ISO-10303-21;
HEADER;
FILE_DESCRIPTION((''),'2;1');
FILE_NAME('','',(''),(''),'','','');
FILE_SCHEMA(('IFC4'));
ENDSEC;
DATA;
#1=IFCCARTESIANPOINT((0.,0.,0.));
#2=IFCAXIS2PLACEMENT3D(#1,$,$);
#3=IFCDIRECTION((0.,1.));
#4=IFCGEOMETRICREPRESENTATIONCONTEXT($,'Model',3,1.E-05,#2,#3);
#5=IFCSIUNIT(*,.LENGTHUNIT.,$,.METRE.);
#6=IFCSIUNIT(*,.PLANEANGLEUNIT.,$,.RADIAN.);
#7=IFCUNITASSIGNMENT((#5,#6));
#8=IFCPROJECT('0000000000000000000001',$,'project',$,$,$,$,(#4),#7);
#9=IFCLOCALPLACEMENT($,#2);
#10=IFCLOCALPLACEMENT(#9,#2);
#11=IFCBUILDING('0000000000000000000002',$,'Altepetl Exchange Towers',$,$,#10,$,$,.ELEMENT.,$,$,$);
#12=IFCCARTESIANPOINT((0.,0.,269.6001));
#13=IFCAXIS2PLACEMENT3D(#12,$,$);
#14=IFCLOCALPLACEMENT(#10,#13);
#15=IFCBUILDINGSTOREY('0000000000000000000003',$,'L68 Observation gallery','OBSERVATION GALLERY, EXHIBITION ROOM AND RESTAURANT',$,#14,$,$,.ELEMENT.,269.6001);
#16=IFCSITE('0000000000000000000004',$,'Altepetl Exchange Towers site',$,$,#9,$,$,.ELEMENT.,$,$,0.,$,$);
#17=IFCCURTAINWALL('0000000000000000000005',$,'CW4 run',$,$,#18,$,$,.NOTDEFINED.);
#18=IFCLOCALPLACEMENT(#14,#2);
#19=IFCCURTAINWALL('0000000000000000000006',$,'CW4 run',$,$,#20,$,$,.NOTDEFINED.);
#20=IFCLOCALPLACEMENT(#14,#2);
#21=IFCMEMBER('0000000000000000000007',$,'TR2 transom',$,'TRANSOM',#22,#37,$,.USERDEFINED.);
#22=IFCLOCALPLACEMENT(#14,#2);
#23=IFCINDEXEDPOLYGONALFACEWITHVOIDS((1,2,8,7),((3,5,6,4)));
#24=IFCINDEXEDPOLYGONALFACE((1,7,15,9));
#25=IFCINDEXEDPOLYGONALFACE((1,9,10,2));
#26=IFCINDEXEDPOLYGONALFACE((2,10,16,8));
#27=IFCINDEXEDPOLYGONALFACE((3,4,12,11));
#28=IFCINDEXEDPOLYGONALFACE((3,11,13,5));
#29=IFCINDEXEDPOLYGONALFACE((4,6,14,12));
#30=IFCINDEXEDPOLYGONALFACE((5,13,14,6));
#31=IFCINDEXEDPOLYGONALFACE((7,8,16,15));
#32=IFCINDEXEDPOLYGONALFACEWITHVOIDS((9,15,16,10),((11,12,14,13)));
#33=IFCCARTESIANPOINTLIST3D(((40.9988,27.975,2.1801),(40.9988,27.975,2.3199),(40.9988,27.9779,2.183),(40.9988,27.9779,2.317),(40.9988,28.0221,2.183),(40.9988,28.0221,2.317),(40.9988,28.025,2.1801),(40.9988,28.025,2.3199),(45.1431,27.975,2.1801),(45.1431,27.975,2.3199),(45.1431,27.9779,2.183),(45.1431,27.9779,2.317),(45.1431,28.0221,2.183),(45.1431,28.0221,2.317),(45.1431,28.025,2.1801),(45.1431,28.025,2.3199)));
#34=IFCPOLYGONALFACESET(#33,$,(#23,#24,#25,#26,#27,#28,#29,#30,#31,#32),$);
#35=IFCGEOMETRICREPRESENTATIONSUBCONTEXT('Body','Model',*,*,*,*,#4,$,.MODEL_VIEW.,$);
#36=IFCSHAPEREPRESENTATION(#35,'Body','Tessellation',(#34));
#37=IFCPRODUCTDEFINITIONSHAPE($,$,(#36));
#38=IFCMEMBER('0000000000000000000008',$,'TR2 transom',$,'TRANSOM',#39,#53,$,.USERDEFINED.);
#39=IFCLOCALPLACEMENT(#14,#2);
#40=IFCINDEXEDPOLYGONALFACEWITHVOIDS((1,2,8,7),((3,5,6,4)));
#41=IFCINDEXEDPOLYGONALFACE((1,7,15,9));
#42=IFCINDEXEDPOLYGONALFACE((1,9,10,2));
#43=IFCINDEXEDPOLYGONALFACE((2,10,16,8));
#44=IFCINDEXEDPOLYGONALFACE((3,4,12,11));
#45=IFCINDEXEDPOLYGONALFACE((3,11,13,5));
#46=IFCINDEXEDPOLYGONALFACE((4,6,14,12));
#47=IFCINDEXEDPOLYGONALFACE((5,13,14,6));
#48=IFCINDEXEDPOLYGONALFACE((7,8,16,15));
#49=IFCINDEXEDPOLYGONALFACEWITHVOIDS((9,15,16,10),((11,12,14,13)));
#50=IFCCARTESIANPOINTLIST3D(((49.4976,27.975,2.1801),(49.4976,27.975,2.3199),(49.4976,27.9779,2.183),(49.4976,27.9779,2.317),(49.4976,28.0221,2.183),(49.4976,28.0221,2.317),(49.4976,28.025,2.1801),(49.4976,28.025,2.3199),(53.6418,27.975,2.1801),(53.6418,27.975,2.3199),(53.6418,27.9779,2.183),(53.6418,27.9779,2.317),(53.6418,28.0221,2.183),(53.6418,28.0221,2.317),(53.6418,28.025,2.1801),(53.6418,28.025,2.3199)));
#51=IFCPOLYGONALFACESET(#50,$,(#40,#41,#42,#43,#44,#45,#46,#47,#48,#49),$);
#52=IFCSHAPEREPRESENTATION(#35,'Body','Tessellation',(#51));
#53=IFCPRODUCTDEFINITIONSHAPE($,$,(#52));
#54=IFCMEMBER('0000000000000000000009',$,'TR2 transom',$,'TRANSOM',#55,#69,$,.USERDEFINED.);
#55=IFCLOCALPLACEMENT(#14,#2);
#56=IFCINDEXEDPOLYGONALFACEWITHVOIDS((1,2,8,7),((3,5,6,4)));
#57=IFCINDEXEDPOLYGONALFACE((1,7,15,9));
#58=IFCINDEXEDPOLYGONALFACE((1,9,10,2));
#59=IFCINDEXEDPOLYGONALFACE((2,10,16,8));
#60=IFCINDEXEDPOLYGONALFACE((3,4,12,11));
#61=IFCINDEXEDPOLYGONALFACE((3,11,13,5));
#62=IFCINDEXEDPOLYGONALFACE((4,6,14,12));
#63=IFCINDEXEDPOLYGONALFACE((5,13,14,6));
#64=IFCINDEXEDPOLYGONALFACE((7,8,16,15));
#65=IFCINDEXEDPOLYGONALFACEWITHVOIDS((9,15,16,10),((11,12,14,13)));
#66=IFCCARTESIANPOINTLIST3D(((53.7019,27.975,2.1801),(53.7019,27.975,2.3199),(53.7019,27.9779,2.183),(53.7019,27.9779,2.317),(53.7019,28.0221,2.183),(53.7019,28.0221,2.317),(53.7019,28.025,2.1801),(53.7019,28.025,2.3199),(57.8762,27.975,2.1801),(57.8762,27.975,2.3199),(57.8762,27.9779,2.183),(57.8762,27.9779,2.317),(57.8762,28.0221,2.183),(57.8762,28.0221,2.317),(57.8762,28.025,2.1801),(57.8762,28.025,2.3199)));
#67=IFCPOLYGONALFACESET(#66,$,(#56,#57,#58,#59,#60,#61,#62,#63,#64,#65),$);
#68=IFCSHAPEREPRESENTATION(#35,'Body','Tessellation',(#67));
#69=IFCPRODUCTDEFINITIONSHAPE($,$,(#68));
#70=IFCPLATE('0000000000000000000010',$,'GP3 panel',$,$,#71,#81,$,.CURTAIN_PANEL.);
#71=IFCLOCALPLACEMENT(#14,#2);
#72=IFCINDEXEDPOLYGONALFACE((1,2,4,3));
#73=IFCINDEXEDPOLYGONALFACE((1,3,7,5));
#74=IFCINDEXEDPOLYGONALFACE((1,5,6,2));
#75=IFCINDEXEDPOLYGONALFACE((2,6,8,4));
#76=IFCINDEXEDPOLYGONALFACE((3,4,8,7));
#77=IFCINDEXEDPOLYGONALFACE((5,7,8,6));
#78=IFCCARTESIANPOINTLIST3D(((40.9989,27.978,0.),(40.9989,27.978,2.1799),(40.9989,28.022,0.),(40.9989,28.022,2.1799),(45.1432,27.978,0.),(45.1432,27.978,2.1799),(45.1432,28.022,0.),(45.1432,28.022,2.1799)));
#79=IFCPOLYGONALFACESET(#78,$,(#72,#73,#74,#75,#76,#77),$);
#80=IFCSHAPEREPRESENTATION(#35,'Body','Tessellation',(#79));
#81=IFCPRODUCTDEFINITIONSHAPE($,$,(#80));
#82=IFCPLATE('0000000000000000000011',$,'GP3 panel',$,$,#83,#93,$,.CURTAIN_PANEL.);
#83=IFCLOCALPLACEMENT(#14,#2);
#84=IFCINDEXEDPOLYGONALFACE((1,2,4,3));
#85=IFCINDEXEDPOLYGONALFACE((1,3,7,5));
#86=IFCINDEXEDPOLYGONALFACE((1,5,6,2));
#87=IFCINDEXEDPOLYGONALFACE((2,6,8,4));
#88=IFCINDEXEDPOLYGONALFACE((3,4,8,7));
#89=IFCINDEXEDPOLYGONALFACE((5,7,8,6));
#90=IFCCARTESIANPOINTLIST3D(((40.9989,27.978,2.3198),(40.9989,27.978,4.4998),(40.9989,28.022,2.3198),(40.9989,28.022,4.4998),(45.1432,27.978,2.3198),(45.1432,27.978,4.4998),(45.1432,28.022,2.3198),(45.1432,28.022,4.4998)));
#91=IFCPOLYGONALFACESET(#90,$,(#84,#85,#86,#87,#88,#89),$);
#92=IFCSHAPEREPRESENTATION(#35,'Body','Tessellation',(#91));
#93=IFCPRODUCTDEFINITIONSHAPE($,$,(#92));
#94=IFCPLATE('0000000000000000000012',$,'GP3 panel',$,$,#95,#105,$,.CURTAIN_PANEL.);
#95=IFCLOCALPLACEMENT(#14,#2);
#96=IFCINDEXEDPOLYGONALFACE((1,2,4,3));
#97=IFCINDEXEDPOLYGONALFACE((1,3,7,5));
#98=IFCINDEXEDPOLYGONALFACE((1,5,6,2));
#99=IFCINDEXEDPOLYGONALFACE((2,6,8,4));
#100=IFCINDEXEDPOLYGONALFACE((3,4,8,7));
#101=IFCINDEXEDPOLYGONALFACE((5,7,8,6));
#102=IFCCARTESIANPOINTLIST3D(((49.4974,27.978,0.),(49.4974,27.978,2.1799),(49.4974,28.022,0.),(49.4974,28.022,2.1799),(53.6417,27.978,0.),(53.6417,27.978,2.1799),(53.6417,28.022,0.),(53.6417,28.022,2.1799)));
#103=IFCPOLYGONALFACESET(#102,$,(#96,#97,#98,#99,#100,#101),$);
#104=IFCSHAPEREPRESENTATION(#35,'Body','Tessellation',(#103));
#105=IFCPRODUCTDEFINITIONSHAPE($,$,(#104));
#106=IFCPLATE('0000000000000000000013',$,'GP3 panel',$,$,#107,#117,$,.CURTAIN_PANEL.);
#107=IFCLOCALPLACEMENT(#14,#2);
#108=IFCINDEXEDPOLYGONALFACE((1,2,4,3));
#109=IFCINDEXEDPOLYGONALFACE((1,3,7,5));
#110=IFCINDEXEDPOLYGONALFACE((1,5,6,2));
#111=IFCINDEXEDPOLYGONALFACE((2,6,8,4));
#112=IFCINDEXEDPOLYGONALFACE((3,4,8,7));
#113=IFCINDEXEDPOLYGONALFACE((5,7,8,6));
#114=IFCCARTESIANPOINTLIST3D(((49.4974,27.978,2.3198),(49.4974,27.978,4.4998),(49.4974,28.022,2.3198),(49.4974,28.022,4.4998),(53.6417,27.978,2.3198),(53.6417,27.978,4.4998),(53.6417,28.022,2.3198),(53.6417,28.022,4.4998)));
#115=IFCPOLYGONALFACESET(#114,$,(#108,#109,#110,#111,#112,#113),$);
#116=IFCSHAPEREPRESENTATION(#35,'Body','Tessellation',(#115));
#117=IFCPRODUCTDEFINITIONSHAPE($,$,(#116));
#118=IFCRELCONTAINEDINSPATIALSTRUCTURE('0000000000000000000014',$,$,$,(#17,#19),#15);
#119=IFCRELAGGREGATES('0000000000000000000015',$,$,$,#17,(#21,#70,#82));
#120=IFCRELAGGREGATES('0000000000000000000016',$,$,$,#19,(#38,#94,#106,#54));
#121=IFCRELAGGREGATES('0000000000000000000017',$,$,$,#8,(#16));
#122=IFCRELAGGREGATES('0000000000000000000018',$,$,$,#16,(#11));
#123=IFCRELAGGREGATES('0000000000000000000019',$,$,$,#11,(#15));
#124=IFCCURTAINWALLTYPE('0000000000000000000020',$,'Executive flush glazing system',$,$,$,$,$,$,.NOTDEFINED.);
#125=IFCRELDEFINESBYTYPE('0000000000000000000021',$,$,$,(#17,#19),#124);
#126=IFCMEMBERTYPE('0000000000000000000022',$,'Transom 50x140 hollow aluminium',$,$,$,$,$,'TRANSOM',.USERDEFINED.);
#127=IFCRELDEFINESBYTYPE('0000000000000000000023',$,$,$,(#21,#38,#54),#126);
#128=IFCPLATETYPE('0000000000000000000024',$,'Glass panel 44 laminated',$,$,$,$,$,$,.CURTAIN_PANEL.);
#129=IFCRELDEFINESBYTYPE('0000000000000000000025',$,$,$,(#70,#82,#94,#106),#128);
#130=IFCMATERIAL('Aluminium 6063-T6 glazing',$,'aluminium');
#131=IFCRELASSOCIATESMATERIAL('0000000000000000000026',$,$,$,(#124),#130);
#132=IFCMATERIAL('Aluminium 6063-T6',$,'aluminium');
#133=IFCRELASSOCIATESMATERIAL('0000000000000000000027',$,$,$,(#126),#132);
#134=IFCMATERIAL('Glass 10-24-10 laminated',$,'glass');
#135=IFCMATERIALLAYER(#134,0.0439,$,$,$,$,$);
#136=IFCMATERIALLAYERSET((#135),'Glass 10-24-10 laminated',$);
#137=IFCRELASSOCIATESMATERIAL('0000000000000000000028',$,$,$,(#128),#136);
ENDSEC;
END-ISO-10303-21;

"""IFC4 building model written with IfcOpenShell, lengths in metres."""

from ifc_helpers import new_model, si_unit, direction, frame, origin, origin_2d, place, context, subcontext, project, spatial, rectangle, hollow_rectangle, extrude, material, layer, layer_set, material_profile, profile_set, type_object, element, aggregate, save


model = new_model("IFC4")

# Units and contexts
model_context = context("Model", 3, precision=1e-05, world=origin(), true_north=direction((0.0, 1.0)))
body_context = subcontext(model_context, "Body", "Model", "MODEL_VIEW")
ifc_project = project(units=[si_unit("LENGTHUNIT", "METRE"), si_unit("PLANEANGLEUNIT", "RADIAN")], contexts=[model_context])

# Site, building, storey
site_placement = place(None, origin())
site = spatial("IfcSite", under=ifc_project, at=site_placement, Name="Altepetl Exchange Towers site", CompositionType="ELEMENT", RefElevation=0.0)
building_placement = place(site_placement, origin())
building = spatial("IfcBuilding", under=site, at=building_placement, Name="Altepetl Exchange Towers", CompositionType="ELEMENT")
storey_placement = place(building_placement, frame((0.0, 0.0, 269.6001)))
storey = spatial("IfcBuildingStorey", under=building, at=storey_placement, Name="L68 Observation gallery", Description="OBSERVATION GALLERY, EXHIBITION ROOM AND RESTAURANT", CompositionType="ELEMENT", Elevation=269.6001)

# Curtain walls
ifc_material_1 = material(Name="Aluminium 6063-T6 glazing", Category="aluminium")
curtain_wall_type = type_object("IfcCurtainWallType", Name="Executive flush glazing system", PredefinedType="NOTDEFINED", material=ifc_material_1)
curtain_wall_1_placement = place(storey_placement, origin())
curtain_wall_1 = element("IfcCurtainWall", 1, at=curtain_wall_1_placement, inside=storey, type_object=curtain_wall_type, Name="CW4 run", PredefinedType="NOTDEFINED")
ifc_material_2 = material(Name="Aluminium 6063-T6", Category="aluminium")
curtain_wall_2_placement = place(storey_placement, origin())
curtain_wall_2 = element("IfcCurtainWall", 2, at=curtain_wall_2_placement, inside=storey, type_object=curtain_wall_type, Name="CW4 run", PredefinedType="NOTDEFINED")

# Members
ifc_material_profile_1 = material_profile(ifc_material_2, hollow_rectangle(XDim=0.05, YDim=0.1399, WallThickness=0.0029, at=origin_2d()), Name="Transom 50x140 hollow aluminium")
ifc_profile_set_1 = profile_set([ifc_material_profile_1], Name="Aluminium 6063-T6")
member_type_1 = type_object("IfcMemberType", Name="Transom 50x140 hollow aluminium", ElementType="TRANSOM", PredefinedType="USERDEFINED", material=ifc_profile_set_1)
member_1_placement = place(storey_placement, frame((40.9988, 28.0, 2.25), z_axis=(1.0, 0.0, 0.0), x_axis=(0.0, 1.0, 0.0)))
member_1 = element("IfcMember", 3, at=member_1_placement, type_object=member_type_1, Name="TR2 transom", ObjectType="TRANSOM", PredefinedType="USERDEFINED", context=body_context, shape_type="SweptSolid", body=[
    extrude(hollow_rectangle(XDim=0.05, YDim=0.1399, WallThickness=0.0029, at=origin_2d()), origin(), (0.0, 0.0, 1.0), 4.1443),
])
member_2_placement = place(storey_placement, frame((49.4976, 28.0, 2.25), z_axis=(1.0, 0.0, 0.0), x_axis=(0.0, 1.0, 0.0)))
member_2 = element("IfcMember", 4, at=member_2_placement, type_object=member_type_1, Name="TR2 transom", ObjectType="TRANSOM", PredefinedType="USERDEFINED", context=body_context, shape_type="SweptSolid", body=[
    extrude(hollow_rectangle(XDim=0.05, YDim=0.1399, WallThickness=0.0029, at=origin_2d()), origin(), (0.0, 0.0, 1.0), 4.1443),
])
member_3_placement = place(storey_placement, frame((53.7019, 28.0, 2.25), z_axis=(1.0, 0.0, 0.0), x_axis=(0.0, 1.0, 0.0)))
member_3 = element("IfcMember", 5, at=member_3_placement, type_object=member_type_1, Name="TR2 transom", ObjectType="TRANSOM", PredefinedType="USERDEFINED", context=body_context, shape_type="SweptSolid", body=[
    extrude(hollow_rectangle(XDim=0.05, YDim=0.1399, WallThickness=0.0029, at=origin_2d()), origin(), (0.0, 0.0, 1.0), 4.1743),
])

# Plates
ifc_material_3 = material(Name="Glass 10-24-10 laminated", Category="glass")
ifc_layer_1 = layer(ifc_material_3, 0.0439)
ifc_layer_set_1 = layer_set([ifc_layer_1], Name="Glass 10-24-10 laminated")
plate_type = type_object("IfcPlateType", Name="Glass panel 44 laminated", PredefinedType="CURTAIN_PANEL", material=ifc_layer_set_1)
plate_1_placement = place(storey_placement, frame((43.071, 28.0, 0.0)))
plate_1 = element("IfcPlate", 6, at=plate_1_placement, type_object=plate_type, Name="GP3 panel", PredefinedType="CURTAIN_PANEL", context=body_context, shape_type="SweptSolid", body=[
    extrude(rectangle(XDim=4.1443, YDim=0.0439, at=origin_2d()), origin(), (0.0, 0.0, 1.0), 2.1799),
])
plate_2_placement = place(storey_placement, frame((43.071, 28.0, 2.3198)))
plate_2 = element("IfcPlate", 7, at=plate_2_placement, type_object=plate_type, Name="GP3 panel", PredefinedType="CURTAIN_PANEL", context=body_context, shape_type="SweptSolid", body=[
    extrude(rectangle(XDim=4.1443, YDim=0.0439, at=origin_2d()), origin(), (0.0, 0.0, 1.0), 2.1799),
])
aggregate(curtain_wall_1, [member_1, plate_1, plate_2])
plate_3_placement = place(storey_placement, frame((51.5696, 28.0, 0.0)))
plate_3 = element("IfcPlate", 8, at=plate_3_placement, type_object=plate_type, Name="GP3 panel", PredefinedType="CURTAIN_PANEL", context=body_context, shape_type="SweptSolid", body=[
    extrude(rectangle(XDim=4.1443, YDim=0.0439, at=origin_2d()), origin(), (0.0, 0.0, 1.0), 2.1799),
])
plate_4_placement = place(storey_placement, frame((51.5696, 28.0, 2.3198)))
plate_4 = element("IfcPlate", 9, at=plate_4_placement, type_object=plate_type, Name="GP3 panel", PredefinedType="CURTAIN_PANEL", context=body_context, shape_type="SweptSolid", body=[
    extrude(rectangle(XDim=4.1443, YDim=0.0439, at=origin_2d()), origin(), (0.0, 0.0, 1.0), 2.1799),
])
aggregate(curtain_wall_2, [member_2, plate_3, plate_4, member_3])

save(model, "model.ifc")
